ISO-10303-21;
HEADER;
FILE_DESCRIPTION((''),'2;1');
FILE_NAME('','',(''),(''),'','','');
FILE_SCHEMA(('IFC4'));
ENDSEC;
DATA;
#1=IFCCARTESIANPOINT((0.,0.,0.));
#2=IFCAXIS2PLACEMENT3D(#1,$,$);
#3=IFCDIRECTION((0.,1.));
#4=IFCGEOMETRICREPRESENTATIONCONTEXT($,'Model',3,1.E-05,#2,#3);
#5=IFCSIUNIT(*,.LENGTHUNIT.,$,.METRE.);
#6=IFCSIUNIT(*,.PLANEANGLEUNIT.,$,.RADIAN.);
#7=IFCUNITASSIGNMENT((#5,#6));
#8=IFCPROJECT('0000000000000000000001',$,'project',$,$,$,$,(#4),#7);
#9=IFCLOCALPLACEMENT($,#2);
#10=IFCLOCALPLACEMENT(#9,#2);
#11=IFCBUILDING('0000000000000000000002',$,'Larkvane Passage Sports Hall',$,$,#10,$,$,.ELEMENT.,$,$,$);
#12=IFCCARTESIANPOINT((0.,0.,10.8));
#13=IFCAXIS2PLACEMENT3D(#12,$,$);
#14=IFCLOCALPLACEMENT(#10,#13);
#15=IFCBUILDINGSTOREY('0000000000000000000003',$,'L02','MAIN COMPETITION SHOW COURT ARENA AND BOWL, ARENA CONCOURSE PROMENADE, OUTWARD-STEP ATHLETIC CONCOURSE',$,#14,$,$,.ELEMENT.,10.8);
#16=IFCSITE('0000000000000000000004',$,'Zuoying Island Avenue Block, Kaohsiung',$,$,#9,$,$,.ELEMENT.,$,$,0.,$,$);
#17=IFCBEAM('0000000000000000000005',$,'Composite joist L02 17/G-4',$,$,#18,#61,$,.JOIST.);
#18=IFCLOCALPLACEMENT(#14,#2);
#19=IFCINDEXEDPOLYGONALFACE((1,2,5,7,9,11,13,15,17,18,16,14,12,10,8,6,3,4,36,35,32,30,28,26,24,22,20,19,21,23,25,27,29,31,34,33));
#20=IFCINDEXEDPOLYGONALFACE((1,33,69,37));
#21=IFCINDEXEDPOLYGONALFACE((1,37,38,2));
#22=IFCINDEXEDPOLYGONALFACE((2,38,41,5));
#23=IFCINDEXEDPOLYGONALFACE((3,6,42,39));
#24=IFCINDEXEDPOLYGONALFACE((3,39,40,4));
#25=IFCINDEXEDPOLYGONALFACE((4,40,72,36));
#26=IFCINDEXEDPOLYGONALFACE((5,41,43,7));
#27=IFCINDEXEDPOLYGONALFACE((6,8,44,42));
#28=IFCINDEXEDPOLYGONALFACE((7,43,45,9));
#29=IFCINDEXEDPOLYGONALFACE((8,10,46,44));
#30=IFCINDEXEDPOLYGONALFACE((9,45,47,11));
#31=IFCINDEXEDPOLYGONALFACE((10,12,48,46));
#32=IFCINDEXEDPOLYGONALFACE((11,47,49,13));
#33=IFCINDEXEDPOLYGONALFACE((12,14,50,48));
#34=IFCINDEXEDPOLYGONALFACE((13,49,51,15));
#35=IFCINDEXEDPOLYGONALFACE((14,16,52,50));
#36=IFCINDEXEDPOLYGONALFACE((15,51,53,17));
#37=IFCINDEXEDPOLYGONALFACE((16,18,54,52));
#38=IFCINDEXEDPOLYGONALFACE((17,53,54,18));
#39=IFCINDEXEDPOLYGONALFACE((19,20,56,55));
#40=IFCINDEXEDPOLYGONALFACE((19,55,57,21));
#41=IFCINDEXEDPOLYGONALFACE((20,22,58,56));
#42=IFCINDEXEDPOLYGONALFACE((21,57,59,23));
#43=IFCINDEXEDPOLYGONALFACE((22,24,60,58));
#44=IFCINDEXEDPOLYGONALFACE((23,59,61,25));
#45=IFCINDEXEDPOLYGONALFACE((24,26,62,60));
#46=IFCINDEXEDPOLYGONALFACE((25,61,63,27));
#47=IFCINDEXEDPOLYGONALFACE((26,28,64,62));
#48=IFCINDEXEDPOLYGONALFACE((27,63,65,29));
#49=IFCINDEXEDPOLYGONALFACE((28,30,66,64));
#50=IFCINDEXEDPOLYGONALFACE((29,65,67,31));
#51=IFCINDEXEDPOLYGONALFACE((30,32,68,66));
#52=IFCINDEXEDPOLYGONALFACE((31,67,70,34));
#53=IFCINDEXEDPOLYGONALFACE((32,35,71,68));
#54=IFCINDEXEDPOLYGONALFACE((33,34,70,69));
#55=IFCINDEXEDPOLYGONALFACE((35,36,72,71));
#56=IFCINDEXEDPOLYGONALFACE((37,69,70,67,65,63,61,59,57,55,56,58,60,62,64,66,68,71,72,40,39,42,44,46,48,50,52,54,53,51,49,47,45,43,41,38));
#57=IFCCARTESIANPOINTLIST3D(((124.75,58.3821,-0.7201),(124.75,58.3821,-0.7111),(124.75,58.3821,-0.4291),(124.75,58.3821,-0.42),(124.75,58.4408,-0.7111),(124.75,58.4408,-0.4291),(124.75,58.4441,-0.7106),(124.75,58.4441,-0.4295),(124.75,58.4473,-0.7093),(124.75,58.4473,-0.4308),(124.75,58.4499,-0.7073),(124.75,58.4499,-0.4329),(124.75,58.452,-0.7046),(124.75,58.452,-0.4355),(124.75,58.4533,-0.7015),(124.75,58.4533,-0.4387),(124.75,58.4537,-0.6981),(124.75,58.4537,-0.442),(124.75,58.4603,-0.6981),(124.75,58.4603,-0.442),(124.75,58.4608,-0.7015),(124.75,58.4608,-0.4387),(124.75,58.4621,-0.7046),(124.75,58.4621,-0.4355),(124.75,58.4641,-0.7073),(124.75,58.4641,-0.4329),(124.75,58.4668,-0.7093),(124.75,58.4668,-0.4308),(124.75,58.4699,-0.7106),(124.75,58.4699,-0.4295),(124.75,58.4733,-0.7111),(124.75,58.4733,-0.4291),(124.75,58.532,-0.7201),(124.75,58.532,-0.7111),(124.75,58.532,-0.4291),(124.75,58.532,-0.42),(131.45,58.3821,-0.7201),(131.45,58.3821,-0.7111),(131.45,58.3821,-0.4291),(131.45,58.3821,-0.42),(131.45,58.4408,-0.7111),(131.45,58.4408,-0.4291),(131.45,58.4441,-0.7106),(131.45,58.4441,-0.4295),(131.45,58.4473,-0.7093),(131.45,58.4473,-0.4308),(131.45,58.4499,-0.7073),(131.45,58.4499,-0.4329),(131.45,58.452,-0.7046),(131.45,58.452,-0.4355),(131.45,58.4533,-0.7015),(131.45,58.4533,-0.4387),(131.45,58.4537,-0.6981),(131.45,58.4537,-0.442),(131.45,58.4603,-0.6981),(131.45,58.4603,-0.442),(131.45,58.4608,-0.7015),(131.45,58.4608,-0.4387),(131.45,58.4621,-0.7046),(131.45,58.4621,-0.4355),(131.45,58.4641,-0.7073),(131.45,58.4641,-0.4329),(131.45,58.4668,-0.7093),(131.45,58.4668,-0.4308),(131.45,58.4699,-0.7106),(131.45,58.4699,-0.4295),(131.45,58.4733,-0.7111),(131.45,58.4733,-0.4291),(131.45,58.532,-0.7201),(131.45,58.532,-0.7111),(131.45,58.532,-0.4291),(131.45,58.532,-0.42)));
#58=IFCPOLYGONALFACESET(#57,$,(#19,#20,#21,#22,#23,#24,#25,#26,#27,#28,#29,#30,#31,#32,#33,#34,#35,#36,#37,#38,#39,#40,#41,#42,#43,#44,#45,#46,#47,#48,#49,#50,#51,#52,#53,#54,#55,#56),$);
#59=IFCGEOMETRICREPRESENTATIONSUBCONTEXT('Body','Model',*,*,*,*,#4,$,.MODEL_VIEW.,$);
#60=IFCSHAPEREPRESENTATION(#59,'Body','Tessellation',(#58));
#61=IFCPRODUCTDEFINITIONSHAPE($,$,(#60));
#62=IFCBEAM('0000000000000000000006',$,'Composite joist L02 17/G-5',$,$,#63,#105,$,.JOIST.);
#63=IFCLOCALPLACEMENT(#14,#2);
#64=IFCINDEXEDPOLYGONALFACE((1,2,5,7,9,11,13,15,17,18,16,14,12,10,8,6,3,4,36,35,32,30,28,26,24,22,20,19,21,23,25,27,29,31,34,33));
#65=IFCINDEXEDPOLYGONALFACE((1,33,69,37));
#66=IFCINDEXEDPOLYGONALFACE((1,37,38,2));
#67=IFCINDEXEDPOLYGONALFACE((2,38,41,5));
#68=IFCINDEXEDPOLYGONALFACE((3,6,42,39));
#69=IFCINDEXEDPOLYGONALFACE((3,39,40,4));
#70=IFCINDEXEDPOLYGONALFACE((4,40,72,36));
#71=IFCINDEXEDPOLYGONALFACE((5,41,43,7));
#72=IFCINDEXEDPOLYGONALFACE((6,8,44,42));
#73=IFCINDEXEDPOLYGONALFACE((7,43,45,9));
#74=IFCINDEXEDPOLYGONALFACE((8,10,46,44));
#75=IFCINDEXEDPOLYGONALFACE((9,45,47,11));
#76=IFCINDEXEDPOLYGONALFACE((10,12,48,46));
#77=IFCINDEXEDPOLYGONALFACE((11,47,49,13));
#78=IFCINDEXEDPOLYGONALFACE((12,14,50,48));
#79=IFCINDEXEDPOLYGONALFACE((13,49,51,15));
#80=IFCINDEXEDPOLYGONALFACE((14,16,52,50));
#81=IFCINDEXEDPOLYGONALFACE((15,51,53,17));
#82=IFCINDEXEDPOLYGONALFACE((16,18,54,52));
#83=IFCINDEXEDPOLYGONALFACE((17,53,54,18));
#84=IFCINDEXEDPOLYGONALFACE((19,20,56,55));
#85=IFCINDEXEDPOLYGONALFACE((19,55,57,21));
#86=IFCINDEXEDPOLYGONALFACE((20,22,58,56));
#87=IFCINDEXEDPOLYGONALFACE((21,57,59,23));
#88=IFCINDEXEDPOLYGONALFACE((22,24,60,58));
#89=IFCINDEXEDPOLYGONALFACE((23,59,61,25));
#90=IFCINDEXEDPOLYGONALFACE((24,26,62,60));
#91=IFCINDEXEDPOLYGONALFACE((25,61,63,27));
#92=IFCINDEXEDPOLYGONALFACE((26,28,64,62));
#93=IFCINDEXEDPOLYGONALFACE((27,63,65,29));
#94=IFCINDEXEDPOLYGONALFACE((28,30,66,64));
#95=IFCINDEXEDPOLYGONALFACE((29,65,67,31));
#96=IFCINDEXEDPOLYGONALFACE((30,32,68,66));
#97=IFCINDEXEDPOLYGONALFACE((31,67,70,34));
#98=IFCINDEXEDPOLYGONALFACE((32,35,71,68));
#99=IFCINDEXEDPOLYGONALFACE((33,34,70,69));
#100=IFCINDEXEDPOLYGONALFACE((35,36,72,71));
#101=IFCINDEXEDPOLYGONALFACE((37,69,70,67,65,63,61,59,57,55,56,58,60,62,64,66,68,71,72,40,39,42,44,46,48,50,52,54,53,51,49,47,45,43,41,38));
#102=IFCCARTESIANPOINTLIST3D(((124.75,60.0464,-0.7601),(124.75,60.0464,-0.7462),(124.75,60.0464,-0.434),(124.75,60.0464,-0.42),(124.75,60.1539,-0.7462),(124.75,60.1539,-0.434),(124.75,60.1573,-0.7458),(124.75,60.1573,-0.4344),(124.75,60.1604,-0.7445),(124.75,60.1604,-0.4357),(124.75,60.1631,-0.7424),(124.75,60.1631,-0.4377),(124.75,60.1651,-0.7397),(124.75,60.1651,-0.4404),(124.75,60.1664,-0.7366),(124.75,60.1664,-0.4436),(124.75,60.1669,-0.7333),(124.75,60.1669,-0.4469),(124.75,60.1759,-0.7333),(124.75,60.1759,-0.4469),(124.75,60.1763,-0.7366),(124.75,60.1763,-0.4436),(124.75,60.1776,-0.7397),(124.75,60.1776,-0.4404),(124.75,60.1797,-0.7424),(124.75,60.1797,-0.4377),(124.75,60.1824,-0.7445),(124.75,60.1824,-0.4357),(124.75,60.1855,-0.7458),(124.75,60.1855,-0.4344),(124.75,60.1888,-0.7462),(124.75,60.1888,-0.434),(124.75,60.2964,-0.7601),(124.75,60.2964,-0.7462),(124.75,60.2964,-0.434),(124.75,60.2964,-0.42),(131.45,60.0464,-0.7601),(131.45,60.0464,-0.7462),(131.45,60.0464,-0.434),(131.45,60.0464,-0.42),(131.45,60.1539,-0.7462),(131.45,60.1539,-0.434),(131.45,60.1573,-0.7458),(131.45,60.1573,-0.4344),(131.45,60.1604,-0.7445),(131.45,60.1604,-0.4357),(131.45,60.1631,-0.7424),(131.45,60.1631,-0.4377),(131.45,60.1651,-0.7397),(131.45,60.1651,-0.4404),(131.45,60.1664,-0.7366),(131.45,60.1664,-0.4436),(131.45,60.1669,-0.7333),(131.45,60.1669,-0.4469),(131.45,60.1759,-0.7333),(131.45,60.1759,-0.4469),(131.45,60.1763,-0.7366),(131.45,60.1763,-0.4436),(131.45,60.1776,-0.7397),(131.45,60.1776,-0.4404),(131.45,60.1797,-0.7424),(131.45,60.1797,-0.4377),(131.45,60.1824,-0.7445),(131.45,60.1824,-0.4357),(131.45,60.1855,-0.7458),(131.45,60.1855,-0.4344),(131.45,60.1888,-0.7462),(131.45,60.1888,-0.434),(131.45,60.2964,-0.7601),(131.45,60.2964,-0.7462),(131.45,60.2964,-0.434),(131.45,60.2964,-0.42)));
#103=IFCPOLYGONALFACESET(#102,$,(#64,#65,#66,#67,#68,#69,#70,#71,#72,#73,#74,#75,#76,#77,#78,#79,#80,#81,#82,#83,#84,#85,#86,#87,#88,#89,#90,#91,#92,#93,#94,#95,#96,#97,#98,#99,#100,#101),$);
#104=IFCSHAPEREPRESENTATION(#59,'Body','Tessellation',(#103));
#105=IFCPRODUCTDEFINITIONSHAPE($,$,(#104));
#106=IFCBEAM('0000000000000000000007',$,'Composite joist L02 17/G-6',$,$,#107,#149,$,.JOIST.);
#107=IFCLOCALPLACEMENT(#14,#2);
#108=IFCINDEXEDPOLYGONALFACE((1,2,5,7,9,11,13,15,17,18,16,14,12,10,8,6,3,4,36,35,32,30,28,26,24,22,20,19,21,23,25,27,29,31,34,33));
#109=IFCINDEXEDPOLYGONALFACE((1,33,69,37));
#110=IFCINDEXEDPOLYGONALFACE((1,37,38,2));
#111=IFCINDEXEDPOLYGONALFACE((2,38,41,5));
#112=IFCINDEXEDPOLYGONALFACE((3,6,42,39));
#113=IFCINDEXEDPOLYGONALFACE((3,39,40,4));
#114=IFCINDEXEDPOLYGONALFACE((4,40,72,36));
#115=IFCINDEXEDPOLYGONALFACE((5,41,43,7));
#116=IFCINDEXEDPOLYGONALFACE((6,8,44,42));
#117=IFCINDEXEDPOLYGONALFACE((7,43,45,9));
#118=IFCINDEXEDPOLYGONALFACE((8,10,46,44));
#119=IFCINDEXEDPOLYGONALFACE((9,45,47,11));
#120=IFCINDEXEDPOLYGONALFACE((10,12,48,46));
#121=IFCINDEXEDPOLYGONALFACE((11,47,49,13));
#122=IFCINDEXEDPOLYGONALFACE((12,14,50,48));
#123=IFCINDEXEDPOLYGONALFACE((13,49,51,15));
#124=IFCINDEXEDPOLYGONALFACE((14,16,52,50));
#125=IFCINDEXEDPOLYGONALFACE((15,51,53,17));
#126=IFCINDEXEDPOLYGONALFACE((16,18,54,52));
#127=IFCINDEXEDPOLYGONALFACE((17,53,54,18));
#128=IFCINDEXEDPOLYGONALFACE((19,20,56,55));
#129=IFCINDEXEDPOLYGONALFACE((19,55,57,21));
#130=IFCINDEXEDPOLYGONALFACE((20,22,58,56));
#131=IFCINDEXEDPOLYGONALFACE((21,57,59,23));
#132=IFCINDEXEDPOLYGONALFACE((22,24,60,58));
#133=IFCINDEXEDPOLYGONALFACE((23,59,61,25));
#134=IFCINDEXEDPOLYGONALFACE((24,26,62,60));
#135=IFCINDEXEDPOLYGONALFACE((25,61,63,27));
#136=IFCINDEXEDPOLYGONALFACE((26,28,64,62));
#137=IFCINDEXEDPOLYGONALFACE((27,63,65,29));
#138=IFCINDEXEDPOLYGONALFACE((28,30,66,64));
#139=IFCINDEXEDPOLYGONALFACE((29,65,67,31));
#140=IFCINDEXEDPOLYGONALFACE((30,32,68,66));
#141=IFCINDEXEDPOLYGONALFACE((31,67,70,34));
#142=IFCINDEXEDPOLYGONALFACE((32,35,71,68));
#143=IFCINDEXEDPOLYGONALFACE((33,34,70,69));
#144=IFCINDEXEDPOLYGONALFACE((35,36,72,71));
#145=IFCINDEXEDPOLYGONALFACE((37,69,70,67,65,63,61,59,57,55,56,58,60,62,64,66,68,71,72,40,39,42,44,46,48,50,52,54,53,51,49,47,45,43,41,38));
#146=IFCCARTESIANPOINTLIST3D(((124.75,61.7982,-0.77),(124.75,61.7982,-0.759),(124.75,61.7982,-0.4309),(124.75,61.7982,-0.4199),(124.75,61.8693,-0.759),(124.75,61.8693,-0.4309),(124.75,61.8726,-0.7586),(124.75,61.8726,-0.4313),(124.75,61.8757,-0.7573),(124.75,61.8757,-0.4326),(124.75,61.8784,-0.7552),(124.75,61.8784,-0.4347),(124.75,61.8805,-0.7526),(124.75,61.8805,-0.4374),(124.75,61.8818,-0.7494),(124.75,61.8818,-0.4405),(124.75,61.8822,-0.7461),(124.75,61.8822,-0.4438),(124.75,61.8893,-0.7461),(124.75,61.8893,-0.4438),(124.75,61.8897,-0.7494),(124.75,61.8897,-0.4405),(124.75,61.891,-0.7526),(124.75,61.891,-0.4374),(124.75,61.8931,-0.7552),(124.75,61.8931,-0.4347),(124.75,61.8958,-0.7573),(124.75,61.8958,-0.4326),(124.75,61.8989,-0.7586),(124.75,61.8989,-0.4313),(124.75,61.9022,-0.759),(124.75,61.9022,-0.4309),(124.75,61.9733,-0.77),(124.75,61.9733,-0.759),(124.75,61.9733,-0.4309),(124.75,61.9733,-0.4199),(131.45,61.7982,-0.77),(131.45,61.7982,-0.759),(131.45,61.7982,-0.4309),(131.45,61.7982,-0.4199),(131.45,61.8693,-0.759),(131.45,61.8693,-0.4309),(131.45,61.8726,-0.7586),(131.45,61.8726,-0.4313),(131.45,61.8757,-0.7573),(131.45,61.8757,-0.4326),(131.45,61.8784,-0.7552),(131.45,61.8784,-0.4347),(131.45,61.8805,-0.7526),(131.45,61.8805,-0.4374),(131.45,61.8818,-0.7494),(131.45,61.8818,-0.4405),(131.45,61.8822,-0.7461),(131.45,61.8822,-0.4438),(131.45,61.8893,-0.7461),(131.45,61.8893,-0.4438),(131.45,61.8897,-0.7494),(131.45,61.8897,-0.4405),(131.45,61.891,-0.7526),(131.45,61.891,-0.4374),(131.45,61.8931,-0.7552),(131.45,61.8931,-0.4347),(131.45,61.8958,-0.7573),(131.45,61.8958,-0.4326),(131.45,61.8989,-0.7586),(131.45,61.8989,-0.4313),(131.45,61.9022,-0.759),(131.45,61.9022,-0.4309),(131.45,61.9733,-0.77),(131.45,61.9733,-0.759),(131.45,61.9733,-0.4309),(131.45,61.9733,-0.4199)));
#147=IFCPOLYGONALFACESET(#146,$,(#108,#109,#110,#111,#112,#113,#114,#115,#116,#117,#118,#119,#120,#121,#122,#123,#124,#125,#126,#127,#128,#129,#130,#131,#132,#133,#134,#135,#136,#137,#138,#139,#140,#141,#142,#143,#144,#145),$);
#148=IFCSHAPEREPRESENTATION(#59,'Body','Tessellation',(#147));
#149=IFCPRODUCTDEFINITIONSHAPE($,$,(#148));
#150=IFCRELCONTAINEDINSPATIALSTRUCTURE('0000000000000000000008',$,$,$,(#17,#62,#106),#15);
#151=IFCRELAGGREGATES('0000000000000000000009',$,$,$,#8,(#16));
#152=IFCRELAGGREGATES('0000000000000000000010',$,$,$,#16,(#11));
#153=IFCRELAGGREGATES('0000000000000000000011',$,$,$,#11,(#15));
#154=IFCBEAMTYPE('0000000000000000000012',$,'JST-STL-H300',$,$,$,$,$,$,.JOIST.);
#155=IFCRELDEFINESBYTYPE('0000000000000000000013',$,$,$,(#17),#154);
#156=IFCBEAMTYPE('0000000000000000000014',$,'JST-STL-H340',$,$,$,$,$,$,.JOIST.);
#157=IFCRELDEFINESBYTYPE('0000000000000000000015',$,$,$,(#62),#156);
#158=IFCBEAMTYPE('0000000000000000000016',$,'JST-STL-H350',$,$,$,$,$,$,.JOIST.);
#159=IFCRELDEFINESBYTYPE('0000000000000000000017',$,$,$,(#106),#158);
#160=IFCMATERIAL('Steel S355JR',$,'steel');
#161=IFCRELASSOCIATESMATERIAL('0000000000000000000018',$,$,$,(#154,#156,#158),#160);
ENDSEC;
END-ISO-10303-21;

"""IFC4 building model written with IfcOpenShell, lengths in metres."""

from ifc_helpers import new_model, si_unit, direction, frame, origin, origin_2d, place, context, subcontext, project, spatial, i_section, extrude, material, material_profile, profile_set, type_object, element, save


model = new_model("IFC4")

# Units and contexts
model_context = context("Model", 3, precision=1e-05, world=origin(), true_north=direction((0.0, 1.0)))
body_context = subcontext(model_context, "Body", "Model", "MODEL_VIEW")
ifc_project = project(units=[si_unit("LENGTHUNIT", "METRE"), si_unit("PLANEANGLEUNIT", "RADIAN")], contexts=[model_context])

# Site, building, storey
site_placement = place(None, origin())
site = spatial("IfcSite", under=ifc_project, at=site_placement, Name="Zuoying Island Avenue Block, Kaohsiung", CompositionType="ELEMENT", RefElevation=0.0)
building_placement = place(site_placement, origin())
building = spatial("IfcBuilding", under=site, at=building_placement, Name="Larkvane Passage Sports Hall", CompositionType="ELEMENT")
storey_placement = place(building_placement, frame((0.0, 0.0, 10.8)))
storey = spatial("IfcBuildingStorey", under=building, at=storey_placement, Name="L02", Description="MAIN COMPETITION SHOW COURT ARENA AND BOWL, ARENA CONCOURSE PROMENADE, OUTWARD-STEP ATHLETIC CONCOURSE", CompositionType="ELEMENT", Elevation=10.8)

# Shared definitions
ifc_material_1 = material(Name="Steel S355JR", Category="steel")

# Beams
ifc_material_profile_1 = material_profile(ifc_material_1, i_section(OverallWidth=0.1499, OverallDepth=0.3, WebThickness=0.0066, FlangeThickness=0.009, FilletRadius=0.0129, at=origin_2d()), Name="H-300x150x6.5x9")
ifc_profile_set_1 = profile_set([ifc_material_profile_1], Name="Steel S355JR")
beam_type_1 = type_object("IfcBeamType", Name="JST-STL-H300", PredefinedType="JOIST", material=ifc_profile_set_1)
beam_1_placement = place(storey_placement, frame((124.75, 58.457, -0.5701), z_axis=(1.0, 0.0, 0.0), x_axis=(0.0, 1.0, 0.0)))
element("IfcBeam", 1, at=beam_1_placement, inside=storey, type_object=beam_type_1, Name="Composite joist L02 17/G-4", PredefinedType="JOIST", context=body_context, shape_type="SweptSolid", body=[
    extrude(i_section(OverallWidth=0.1499, OverallDepth=0.3, WebThickness=0.0066, FlangeThickness=0.009, FilletRadius=0.0129, at=origin_2d()), origin(), (0.0, 0.0, 1.0), 6.7),
])
ifc_material_profile_2 = material_profile(ifc_material_1, i_section(OverallWidth=0.25, OverallDepth=0.3401, WebThickness=0.009, FlangeThickness=0.0139, FilletRadius=0.0129, at=origin_2d()), Name="H-340x250x9x14")
ifc_profile_set_2 = profile_set([ifc_material_profile_2], Name="Steel S355JR")
beam_type_2 = type_object("IfcBeamType", Name="JST-STL-H340", PredefinedType="JOIST", material=ifc_profile_set_2)
beam_2_placement = place(storey_placement, frame((124.75, 60.1714, -0.5901), z_axis=(1.0, 0.0, 0.0), x_axis=(0.0, 1.0, 0.0)))
element("IfcBeam", 2, at=beam_2_placement, inside=storey, type_object=beam_type_2, Name="Composite joist L02 17/G-5", PredefinedType="JOIST", context=body_context, shape_type="SweptSolid", body=[
    extrude(i_section(OverallWidth=0.25, OverallDepth=0.3401, WebThickness=0.009, FlangeThickness=0.0139, FilletRadius=0.0129, at=origin_2d()), origin(), (0.0, 0.0, 1.0), 6.7),
])
ifc_material_profile_3 = material_profile(ifc_material_1, i_section(OverallWidth=0.175, OverallDepth=0.3501, WebThickness=0.0071, FlangeThickness=0.011, FilletRadius=0.0129, at=origin_2d()), Name="H-350x175x7x11")
ifc_profile_set_3 = profile_set([ifc_material_profile_3], Name="Steel S355JR")
beam_type_3 = type_object("IfcBeamType", Name="JST-STL-H350", PredefinedType="JOIST", material=ifc_profile_set_3)
beam_3_placement = place(storey_placement, frame((124.75, 61.8857, -0.595), z_axis=(1.0, 0.0, 0.0), x_axis=(0.0, 1.0, 0.0)))
element("IfcBeam", 3, at=beam_3_placement, inside=storey, type_object=beam_type_3, Name="Composite joist L02 17/G-6", PredefinedType="JOIST", context=body_context, shape_type="SweptSolid", body=[
    extrude(i_section(OverallWidth=0.175, OverallDepth=0.3501, WebThickness=0.0071, FlangeThickness=0.011, FilletRadius=0.0129, at=origin_2d()), origin(), (0.0, 0.0, 1.0), 6.7),
])

save(model, "model.ifc")
